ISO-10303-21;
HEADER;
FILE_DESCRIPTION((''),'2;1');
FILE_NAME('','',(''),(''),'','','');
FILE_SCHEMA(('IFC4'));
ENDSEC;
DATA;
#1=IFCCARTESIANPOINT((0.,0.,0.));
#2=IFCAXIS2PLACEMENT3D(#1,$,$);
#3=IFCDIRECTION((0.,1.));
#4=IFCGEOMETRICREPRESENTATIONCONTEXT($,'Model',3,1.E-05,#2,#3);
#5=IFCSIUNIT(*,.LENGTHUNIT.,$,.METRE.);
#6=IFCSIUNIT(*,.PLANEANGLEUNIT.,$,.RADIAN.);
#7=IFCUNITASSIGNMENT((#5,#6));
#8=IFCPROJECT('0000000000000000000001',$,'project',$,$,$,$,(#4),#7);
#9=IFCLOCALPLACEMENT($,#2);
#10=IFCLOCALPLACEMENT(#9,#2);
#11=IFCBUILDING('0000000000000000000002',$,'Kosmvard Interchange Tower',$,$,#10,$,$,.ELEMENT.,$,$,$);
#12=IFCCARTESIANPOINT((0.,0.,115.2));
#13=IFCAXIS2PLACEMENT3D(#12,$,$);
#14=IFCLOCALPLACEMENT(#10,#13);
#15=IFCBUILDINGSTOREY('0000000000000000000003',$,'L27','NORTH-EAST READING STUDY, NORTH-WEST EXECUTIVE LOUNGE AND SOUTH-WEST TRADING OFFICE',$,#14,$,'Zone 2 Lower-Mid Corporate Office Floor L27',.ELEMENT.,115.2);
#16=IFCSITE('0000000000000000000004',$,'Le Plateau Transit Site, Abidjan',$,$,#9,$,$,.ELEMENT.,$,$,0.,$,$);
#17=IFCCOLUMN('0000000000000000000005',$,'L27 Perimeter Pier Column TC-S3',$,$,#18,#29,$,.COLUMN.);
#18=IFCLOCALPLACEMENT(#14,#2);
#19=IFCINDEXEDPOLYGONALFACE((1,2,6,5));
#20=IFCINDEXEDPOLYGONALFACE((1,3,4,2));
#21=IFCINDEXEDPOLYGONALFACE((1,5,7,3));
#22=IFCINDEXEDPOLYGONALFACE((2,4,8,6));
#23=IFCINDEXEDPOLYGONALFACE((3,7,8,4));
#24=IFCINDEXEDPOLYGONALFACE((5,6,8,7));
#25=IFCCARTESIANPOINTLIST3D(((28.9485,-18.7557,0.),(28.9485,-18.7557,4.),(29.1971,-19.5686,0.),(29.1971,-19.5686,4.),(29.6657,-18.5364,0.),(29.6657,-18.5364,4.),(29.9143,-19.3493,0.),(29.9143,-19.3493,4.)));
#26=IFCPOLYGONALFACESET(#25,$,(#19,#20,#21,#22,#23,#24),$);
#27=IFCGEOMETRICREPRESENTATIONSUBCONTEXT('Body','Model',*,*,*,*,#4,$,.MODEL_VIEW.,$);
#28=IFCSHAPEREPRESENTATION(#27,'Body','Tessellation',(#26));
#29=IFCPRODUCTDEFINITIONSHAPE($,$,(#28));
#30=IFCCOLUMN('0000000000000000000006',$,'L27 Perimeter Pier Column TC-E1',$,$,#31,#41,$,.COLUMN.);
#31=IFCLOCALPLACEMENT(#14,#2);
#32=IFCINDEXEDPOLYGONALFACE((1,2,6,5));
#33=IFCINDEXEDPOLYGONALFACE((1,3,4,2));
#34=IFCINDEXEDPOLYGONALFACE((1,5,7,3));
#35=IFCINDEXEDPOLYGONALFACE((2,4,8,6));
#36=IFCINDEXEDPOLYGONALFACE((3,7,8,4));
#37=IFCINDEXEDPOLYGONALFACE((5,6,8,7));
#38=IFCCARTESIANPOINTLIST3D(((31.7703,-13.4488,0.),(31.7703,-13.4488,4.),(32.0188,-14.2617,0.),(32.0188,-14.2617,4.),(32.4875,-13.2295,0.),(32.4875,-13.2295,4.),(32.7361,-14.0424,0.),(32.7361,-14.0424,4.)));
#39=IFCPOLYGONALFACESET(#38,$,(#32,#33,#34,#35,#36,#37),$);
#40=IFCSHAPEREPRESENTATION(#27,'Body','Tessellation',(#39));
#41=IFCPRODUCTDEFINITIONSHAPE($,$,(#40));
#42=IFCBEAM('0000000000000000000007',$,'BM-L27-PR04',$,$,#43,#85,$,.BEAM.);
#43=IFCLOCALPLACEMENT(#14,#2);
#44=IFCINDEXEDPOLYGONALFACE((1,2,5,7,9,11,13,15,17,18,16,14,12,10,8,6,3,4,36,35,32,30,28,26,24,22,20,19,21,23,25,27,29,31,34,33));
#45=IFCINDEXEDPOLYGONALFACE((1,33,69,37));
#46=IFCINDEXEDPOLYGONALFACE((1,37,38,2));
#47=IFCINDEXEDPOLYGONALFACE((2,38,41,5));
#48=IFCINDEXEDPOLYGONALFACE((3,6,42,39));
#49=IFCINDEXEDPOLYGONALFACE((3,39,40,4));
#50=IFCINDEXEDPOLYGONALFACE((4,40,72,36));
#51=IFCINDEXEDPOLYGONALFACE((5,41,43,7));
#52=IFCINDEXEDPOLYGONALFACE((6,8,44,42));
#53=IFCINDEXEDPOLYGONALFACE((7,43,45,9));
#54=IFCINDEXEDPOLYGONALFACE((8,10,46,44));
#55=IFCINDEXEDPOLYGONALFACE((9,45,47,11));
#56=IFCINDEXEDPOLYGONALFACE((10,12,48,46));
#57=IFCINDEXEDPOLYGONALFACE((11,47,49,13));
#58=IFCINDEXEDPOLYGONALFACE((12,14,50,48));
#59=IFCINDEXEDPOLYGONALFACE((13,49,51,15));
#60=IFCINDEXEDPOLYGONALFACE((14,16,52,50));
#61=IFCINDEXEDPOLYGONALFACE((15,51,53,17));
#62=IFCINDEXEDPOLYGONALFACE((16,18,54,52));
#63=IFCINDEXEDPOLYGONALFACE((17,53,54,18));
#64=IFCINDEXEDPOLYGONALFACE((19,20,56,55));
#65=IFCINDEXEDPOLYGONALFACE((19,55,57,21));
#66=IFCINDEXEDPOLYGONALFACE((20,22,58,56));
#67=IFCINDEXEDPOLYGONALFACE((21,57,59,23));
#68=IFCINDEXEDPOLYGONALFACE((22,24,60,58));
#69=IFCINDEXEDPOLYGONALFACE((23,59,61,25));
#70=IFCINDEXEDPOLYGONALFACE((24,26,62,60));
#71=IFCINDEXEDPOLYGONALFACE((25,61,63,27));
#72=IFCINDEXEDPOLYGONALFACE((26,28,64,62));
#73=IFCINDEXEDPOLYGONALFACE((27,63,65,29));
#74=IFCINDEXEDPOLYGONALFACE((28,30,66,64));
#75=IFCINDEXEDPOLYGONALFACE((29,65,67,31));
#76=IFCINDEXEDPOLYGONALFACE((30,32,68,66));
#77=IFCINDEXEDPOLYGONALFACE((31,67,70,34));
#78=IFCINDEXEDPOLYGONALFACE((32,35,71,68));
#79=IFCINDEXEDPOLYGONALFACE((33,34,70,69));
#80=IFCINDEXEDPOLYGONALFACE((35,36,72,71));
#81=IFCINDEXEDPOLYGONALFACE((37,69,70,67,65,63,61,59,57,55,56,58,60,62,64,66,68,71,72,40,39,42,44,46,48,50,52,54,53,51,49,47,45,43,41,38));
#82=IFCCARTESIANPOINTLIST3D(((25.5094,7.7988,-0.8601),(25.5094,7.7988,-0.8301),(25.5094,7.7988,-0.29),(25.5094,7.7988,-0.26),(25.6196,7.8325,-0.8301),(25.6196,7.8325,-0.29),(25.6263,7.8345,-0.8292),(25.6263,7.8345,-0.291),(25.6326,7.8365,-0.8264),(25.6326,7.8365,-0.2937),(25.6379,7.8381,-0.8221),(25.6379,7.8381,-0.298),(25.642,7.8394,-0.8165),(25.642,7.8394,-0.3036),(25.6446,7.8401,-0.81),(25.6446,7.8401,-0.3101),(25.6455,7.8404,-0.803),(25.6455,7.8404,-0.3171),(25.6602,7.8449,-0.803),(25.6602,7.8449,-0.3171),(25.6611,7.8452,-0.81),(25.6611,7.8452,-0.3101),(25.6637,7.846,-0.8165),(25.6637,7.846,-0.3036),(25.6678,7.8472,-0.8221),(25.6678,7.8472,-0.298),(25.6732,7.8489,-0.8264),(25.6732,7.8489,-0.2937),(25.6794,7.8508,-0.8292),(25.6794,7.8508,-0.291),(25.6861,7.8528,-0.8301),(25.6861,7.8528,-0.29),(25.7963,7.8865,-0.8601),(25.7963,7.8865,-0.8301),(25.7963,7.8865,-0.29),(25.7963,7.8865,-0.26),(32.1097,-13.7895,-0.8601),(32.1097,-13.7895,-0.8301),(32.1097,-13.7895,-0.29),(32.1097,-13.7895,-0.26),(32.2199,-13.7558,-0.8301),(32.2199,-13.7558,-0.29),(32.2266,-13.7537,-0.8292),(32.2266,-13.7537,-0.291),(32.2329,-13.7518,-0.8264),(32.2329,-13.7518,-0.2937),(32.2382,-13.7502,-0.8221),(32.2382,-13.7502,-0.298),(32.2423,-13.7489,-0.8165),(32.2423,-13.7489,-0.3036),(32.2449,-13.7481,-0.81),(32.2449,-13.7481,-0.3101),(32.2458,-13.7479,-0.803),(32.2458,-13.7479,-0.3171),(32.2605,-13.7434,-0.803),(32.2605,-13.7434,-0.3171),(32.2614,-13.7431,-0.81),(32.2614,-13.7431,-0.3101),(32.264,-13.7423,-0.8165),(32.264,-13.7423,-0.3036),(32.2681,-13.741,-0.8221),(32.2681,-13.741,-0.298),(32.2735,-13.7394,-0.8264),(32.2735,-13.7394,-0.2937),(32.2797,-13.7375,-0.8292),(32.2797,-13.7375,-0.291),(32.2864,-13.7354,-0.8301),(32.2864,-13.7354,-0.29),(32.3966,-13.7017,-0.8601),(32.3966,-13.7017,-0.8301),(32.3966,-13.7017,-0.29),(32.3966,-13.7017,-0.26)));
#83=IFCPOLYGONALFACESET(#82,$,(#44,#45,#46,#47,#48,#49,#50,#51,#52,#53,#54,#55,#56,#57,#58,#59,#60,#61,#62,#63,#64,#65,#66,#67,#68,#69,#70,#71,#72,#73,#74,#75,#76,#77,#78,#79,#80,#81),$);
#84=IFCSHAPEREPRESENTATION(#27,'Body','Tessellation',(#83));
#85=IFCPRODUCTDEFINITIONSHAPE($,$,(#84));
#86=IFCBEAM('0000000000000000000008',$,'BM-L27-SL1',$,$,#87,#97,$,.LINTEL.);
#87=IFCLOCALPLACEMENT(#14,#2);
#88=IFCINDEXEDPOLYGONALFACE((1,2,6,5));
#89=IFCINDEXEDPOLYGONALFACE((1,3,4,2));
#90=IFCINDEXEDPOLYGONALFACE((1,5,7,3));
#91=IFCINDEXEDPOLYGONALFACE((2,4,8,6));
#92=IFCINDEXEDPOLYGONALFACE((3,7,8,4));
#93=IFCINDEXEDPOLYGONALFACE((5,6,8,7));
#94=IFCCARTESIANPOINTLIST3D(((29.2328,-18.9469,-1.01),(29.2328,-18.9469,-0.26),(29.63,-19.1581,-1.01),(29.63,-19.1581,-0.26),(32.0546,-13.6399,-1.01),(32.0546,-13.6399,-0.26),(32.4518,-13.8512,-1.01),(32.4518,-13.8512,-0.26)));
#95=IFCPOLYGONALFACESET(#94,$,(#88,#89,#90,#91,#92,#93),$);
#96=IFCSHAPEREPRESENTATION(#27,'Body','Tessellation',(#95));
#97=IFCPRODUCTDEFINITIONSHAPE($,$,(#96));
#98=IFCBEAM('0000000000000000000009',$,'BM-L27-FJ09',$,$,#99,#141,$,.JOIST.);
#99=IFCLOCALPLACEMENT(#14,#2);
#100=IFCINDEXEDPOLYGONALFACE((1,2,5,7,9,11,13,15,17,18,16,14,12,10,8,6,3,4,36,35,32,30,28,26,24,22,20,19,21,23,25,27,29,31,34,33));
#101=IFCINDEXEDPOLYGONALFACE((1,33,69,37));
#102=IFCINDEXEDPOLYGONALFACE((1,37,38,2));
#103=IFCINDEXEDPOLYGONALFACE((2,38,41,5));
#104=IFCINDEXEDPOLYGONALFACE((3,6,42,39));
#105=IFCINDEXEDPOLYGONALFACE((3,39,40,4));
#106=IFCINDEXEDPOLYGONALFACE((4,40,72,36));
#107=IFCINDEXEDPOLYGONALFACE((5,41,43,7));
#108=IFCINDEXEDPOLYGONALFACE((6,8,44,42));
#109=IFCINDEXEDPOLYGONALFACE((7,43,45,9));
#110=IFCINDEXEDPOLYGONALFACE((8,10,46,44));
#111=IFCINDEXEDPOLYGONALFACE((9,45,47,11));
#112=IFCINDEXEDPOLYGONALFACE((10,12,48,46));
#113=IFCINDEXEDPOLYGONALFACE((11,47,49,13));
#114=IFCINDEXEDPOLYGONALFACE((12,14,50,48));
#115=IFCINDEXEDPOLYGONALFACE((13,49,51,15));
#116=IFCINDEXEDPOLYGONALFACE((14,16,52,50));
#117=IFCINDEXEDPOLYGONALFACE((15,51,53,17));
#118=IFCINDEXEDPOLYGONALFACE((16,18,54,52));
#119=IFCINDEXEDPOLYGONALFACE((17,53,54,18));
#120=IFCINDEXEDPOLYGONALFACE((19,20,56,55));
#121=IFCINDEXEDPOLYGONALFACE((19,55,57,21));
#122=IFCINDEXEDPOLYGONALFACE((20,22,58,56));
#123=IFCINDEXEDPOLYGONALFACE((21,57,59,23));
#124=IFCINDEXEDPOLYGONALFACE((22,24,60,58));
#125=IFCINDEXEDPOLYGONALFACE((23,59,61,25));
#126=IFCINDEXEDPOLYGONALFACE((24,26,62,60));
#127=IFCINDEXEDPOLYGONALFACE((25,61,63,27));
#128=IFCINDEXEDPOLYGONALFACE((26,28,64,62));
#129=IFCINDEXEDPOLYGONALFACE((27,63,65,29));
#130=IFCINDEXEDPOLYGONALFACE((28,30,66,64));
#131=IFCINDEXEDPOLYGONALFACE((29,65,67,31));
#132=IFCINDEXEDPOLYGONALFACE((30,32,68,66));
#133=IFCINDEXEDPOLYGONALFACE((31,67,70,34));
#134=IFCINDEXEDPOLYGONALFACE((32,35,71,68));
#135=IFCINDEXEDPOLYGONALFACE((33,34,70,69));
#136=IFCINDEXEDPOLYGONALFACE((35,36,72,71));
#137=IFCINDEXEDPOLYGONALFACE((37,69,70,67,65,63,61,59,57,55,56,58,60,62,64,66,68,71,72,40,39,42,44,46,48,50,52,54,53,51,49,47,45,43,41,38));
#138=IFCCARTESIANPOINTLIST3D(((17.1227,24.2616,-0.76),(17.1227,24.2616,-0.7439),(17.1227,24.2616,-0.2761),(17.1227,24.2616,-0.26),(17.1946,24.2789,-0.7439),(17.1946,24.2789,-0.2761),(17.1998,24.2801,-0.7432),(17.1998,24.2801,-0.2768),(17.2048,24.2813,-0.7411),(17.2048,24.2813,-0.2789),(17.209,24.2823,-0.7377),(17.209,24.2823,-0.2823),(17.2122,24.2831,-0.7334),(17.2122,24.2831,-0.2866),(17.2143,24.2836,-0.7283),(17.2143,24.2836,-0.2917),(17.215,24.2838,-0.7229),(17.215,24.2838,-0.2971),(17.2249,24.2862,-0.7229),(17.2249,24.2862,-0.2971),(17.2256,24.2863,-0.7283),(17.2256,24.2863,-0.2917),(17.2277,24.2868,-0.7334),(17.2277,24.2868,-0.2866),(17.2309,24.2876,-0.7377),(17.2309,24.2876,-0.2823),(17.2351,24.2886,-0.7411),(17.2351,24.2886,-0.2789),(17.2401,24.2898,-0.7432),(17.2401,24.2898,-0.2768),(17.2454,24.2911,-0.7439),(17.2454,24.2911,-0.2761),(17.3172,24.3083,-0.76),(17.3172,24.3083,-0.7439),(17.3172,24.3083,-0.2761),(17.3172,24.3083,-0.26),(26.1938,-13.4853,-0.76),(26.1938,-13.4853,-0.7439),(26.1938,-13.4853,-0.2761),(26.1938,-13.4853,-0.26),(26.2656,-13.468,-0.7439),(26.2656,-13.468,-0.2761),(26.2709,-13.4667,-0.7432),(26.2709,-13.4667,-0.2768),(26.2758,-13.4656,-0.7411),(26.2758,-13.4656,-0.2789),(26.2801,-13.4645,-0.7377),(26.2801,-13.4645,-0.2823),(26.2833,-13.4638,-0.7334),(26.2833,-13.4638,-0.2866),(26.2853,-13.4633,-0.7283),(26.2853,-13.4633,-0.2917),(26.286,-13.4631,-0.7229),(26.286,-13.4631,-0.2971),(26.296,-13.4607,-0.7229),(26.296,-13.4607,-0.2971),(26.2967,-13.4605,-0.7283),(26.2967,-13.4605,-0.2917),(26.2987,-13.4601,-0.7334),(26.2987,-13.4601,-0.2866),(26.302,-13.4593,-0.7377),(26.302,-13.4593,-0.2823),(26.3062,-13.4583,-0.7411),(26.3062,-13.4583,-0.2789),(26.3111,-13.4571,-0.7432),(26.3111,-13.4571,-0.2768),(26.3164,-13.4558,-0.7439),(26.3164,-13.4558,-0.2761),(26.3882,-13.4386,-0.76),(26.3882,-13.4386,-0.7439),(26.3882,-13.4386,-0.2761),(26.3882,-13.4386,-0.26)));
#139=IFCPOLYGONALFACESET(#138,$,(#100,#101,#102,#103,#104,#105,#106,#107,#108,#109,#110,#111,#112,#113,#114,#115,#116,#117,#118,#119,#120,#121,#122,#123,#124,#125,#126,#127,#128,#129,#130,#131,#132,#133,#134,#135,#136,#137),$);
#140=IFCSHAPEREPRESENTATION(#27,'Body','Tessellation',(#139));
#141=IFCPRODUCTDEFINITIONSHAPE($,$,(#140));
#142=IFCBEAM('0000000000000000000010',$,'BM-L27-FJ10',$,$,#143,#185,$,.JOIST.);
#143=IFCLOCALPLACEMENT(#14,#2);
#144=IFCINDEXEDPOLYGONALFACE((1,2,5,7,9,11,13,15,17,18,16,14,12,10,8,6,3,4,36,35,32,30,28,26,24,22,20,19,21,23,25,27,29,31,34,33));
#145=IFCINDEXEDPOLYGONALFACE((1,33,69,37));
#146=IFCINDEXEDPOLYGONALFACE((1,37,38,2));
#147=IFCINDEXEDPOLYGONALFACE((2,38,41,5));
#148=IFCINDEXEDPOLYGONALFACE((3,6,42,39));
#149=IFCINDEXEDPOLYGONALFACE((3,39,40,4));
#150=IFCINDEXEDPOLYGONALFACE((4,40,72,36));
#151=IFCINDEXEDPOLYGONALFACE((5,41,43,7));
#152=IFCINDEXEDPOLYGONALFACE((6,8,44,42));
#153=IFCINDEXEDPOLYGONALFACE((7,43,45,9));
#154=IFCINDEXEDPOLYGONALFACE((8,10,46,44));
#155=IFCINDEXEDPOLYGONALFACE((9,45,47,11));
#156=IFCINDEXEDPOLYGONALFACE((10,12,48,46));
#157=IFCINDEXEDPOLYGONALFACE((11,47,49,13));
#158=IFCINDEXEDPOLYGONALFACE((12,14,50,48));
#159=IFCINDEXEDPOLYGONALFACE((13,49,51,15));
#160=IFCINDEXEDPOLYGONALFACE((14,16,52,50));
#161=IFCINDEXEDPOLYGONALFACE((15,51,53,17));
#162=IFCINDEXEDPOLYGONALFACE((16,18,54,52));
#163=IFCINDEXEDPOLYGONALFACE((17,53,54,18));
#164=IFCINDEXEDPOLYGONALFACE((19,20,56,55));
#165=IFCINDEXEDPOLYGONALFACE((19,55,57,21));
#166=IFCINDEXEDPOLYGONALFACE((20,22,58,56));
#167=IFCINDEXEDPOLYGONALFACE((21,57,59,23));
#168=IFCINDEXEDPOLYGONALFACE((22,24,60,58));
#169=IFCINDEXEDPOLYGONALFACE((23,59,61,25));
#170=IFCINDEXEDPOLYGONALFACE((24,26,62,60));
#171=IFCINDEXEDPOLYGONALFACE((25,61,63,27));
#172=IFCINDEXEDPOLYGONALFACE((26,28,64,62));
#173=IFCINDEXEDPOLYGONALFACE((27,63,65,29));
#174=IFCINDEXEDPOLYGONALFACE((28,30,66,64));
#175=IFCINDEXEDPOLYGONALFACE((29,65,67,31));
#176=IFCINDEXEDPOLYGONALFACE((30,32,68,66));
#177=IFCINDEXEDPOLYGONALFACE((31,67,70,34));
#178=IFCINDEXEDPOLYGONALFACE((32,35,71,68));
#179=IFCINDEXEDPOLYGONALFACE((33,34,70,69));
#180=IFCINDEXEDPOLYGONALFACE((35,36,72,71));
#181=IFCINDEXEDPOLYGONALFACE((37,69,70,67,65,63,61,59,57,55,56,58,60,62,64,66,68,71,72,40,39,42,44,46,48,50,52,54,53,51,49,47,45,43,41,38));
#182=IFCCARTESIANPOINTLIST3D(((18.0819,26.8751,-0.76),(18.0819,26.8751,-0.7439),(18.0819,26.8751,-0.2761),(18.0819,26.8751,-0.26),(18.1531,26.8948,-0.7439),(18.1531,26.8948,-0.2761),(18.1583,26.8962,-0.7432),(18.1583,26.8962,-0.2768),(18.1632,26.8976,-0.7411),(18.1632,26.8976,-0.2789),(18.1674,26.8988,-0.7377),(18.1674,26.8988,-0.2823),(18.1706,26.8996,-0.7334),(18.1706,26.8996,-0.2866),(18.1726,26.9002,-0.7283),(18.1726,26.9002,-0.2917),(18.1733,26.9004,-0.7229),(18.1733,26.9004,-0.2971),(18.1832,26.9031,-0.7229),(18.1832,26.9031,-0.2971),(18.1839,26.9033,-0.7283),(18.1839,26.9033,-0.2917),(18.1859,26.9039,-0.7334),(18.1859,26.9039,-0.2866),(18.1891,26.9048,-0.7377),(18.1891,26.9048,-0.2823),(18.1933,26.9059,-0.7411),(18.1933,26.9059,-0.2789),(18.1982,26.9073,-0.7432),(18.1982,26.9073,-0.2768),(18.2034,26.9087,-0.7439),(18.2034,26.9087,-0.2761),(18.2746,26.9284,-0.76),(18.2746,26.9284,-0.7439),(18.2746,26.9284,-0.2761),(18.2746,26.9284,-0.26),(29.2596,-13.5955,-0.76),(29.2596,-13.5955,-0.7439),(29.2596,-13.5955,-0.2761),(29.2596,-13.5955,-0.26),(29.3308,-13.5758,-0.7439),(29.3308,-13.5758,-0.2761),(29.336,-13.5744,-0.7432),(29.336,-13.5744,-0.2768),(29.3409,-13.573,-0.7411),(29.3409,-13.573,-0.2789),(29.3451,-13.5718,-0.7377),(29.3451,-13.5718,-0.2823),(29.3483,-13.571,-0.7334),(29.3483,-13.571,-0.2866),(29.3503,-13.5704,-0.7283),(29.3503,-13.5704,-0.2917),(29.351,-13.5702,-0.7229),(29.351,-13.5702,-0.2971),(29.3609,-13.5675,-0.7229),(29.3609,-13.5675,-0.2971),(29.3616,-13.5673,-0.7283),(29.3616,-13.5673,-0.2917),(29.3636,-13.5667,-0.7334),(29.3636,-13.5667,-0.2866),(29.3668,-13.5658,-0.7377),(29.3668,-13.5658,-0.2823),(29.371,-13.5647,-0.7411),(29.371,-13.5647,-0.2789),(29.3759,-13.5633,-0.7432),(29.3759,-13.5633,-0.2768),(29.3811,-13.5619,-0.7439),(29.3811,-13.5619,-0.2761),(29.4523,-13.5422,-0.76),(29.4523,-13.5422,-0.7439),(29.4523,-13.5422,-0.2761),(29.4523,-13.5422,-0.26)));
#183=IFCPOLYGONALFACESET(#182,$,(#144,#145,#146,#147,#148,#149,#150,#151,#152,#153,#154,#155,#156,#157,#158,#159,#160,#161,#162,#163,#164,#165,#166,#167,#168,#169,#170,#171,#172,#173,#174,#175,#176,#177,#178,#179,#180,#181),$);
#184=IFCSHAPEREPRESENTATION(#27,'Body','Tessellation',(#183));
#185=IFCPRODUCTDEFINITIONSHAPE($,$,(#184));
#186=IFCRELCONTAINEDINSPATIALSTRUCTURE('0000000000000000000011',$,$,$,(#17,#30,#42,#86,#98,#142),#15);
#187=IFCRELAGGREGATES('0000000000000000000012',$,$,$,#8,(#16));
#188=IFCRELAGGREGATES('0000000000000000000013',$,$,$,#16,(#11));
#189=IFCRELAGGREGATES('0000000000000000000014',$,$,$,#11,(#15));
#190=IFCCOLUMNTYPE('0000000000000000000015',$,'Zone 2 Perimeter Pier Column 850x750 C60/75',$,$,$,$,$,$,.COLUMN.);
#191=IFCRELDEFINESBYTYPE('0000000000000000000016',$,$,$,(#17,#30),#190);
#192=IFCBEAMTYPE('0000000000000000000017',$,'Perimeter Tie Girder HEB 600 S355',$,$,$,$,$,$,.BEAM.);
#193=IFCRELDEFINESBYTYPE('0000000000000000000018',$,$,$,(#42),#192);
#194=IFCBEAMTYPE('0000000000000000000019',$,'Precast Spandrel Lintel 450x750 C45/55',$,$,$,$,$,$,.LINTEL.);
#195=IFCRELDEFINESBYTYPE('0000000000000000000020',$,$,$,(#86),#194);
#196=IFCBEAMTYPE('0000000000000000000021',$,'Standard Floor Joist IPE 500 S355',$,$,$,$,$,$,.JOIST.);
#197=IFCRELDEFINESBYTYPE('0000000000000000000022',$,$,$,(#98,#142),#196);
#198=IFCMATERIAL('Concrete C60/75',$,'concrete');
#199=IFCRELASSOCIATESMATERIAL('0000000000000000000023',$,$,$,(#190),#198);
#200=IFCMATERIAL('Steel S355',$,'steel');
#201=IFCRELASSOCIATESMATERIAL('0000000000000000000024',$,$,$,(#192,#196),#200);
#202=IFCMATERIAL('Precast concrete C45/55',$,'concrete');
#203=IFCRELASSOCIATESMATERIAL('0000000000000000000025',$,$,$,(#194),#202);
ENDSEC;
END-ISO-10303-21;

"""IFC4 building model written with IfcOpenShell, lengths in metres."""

from ifc_helpers import new_model, si_unit, direction, frame, origin, origin_2d, place, context, subcontext, project, spatial, rectangle, i_section, extrude, source, transform, mapped, material, material_profile, profile_set, type_object, element, save


model = new_model("IFC4")

# Units and contexts
model_context = context("Model", 3, precision=1e-05, world=origin(), true_north=direction((0.0, 1.0)))
body_context = subcontext(model_context, "Body", "Model", "MODEL_VIEW")
ifc_project = project(units=[si_unit("LENGTHUNIT", "METRE"), si_unit("PLANEANGLEUNIT", "RADIAN")], contexts=[model_context])

# Site, building, storey
site_placement = place(None, origin())
site = spatial("IfcSite", under=ifc_project, at=site_placement, Name="Le Plateau Transit Site, Abidjan", CompositionType="ELEMENT", RefElevation=0.0)
building_placement = place(site_placement, origin())
building = spatial("IfcBuilding", under=site, at=building_placement, Name="Kosmvard Interchange Tower", CompositionType="ELEMENT")
storey_placement = place(building_placement, frame((0.0, 0.0, 115.2)))
storey = spatial("IfcBuildingStorey", under=building, at=storey_placement, Name="L27", Description="NORTH-EAST READING STUDY, NORTH-WEST EXECUTIVE LOUNGE AND SOUTH-WEST TRADING OFFICE", LongName="Zone 2 Lower-Mid Corporate Office Floor L27", CompositionType="ELEMENT", Elevation=115.2)

# Columns
ifc_material_1 = material(Name="Concrete C60/75", Category="concrete")
ifc_material_profile_1 = material_profile(ifc_material_1, rectangle(XDim=0.75, YDim=0.8501, at=origin_2d()), Name="TC 850x750")
ifc_profile_set_1 = profile_set([ifc_material_profile_1], Name="Concrete C60/75")
column_type = type_object("IfcColumnType", Name="Zone 2 Perimeter Pier Column 850x750 C60/75", PredefinedType="COLUMN", material=ifc_profile_set_1)
shared_shape_1 = source(origin(), body_context, "Body", "SweptSolid", [
    extrude(rectangle(XDim=0.75, YDim=0.8501, at=origin_2d()), origin(), (0.0, 0.0, 1.0), 4.0),
])
for number, where, z_axis, x_axis, name in (
    (1, (29.4314, -19.0525, 0.0), (0.0, 0.0, 1.0), (0.956305, 0.292372, 0.0), "L27 Perimeter Pier Column TC-S3"),
    (2, (32.2532, -13.7456, 0.0), (0.0, 0.0, 1.0), (0.956305, 0.292372, 0.0), "L27 Perimeter Pier Column TC-E1"),
):
    element("IfcColumn", number, at=place(storey_placement, frame(where, z_axis=z_axis, x_axis=x_axis)), inside=storey, type_object=column_type, Name=name, PredefinedType="COLUMN", context=body_context, shape_type="MappedRepresentation", body=[
        mapped(shared_shape_1, transform((0.0, 0.0, 0.0), scale=1.0)),
    ])

# Beams
ifc_material_2 = material(Name="Steel S355", Category="steel")
ifc_material_profile_2 = material_profile(ifc_material_2, i_section(OverallWidth=0.3, OverallDepth=0.6001, WebThickness=0.0154, FlangeThickness=0.03, FilletRadius=0.0271, at=origin_2d()), Name="HEB 600")
ifc_profile_set_2 = profile_set([ifc_material_profile_2], Name="Steel S355")
beam_type_1 = type_object("IfcBeamType", Name="Perimeter Tie Girder HEB 600 S355", PredefinedType="BEAM", material=ifc_profile_set_2)
shared_shape_2 = source(origin(), body_context, "Body", "SweptSolid", [
    extrude(i_section(OverallWidth=0.3, OverallDepth=0.6001, WebThickness=0.0154, FlangeThickness=0.03, FilletRadius=0.0271, at=origin_2d()), origin(), (0.0, 0.0, 1.0), 22.5747),
])
beam_1_placement = place(storey_placement, frame((32.2532, -13.7456, -0.5601), z_axis=(-0.292376, 0.956303, 0.0), x_axis=(-0.956303, -0.292376, 0.0)))
element("IfcBeam", 3, at=beam_1_placement, inside=storey, type_object=beam_type_1, Name="BM-L27-PR04", PredefinedType="BEAM", context=body_context, shape_type="MappedRepresentation", body=[
    mapped(shared_shape_2, transform((0.0, 0.0, 0.0), scale=1.0)),
])
ifc_material_3 = material(Name="Precast concrete C45/55", Category="concrete")
ifc_material_profile_3 = material_profile(ifc_material_3, rectangle(XDim=0.45, YDim=0.75, at=origin_2d()), Name="SL 450x750")
ifc_profile_set_3 = profile_set([ifc_material_profile_3], Name="Precast concrete C45/55")
beam_type_2 = type_object("IfcBeamType", Name="Precast Spandrel Lintel 450x750 C45/55", PredefinedType="LINTEL", material=ifc_profile_set_3)
shared_shape_3 = source(origin(), body_context, "Body", "SweptSolid", [
    extrude(rectangle(XDim=0.45, YDim=0.75, at=origin_2d()), origin(), (0.0, 0.0, 1.0), 6.0105),
])
beam_2_placement = place(storey_placement, frame((29.4314, -19.0525, -0.635), z_axis=(0.469479, 0.882944, 0.0), x_axis=(-0.882944, 0.469479, 0.0)))
element("IfcBeam", 4, at=beam_2_placement, inside=storey, type_object=beam_type_2, Name="BM-L27-SL1", PredefinedType="LINTEL", context=body_context, shape_type="MappedRepresentation", body=[
    mapped(shared_shape_3, transform((0.0, 0.0, 0.0), scale=1.0)),
])
ifc_material_profile_4 = material_profile(ifc_material_2, i_section(OverallWidth=0.2, OverallDepth=0.5, WebThickness=0.0103, FlangeThickness=0.0161, FilletRadius=0.021, at=origin_2d()), Name="IPE 500")
ifc_profile_set_4 = profile_set([ifc_material_profile_4], Name="Steel S355")
beam_type_3 = type_object("IfcBeamType", Name="Standard Floor Joist IPE 500 S355", PredefinedType="JOIST", material=ifc_profile_set_4)
shared_shape_4 = source(origin(), body_context, "Body", "SweptSolid", [
    extrude(i_section(OverallWidth=0.2, OverallDepth=0.5, WebThickness=0.0103, FlangeThickness=0.0161, FilletRadius=0.021, at=origin_2d()), origin(), (0.0, 0.0, 1.0), 38.8215),
])
beam_3_placement = place(storey_placement, frame((26.291, -13.4619, -0.51), z_axis=(-0.233661, 0.972318, 0.0), x_axis=(-0.972318, -0.233661, 0.0)))
element("IfcBeam", 5, at=beam_3_placement, inside=storey, type_object=beam_type_3, Name="BM-L27-FJ09", PredefinedType="JOIST", context=body_context, shape_type="MappedRepresentation", body=[
    mapped(shared_shape_4, transform((0.0, 0.0, 0.0), scale=1.0)),
])
shared_shape_5 = source(origin(), body_context, "Body", "SweptSolid", [
    extrude(i_section(OverallWidth=0.2, OverallDepth=0.5, WebThickness=0.0103, FlangeThickness=0.0161, FilletRadius=0.021, at=origin_2d()), origin(), (0.0, 0.0, 1.0), 41.9858),
])
beam_4_placement = place(storey_placement, frame((29.356, -13.5688, -0.51), z_axis=(-0.266226, 0.963911, 0.0), x_axis=(-0.963911, -0.266226, 0.0)))
element("IfcBeam", 6, at=beam_4_placement, inside=storey, type_object=beam_type_3, Name="BM-L27-FJ10", PredefinedType="JOIST", context=body_context, shape_type="MappedRepresentation", body=[
    mapped(shared_shape_5, transform((0.0, 0.0, 0.0), scale=1.0)),
])

save(model, "model.ifc")
